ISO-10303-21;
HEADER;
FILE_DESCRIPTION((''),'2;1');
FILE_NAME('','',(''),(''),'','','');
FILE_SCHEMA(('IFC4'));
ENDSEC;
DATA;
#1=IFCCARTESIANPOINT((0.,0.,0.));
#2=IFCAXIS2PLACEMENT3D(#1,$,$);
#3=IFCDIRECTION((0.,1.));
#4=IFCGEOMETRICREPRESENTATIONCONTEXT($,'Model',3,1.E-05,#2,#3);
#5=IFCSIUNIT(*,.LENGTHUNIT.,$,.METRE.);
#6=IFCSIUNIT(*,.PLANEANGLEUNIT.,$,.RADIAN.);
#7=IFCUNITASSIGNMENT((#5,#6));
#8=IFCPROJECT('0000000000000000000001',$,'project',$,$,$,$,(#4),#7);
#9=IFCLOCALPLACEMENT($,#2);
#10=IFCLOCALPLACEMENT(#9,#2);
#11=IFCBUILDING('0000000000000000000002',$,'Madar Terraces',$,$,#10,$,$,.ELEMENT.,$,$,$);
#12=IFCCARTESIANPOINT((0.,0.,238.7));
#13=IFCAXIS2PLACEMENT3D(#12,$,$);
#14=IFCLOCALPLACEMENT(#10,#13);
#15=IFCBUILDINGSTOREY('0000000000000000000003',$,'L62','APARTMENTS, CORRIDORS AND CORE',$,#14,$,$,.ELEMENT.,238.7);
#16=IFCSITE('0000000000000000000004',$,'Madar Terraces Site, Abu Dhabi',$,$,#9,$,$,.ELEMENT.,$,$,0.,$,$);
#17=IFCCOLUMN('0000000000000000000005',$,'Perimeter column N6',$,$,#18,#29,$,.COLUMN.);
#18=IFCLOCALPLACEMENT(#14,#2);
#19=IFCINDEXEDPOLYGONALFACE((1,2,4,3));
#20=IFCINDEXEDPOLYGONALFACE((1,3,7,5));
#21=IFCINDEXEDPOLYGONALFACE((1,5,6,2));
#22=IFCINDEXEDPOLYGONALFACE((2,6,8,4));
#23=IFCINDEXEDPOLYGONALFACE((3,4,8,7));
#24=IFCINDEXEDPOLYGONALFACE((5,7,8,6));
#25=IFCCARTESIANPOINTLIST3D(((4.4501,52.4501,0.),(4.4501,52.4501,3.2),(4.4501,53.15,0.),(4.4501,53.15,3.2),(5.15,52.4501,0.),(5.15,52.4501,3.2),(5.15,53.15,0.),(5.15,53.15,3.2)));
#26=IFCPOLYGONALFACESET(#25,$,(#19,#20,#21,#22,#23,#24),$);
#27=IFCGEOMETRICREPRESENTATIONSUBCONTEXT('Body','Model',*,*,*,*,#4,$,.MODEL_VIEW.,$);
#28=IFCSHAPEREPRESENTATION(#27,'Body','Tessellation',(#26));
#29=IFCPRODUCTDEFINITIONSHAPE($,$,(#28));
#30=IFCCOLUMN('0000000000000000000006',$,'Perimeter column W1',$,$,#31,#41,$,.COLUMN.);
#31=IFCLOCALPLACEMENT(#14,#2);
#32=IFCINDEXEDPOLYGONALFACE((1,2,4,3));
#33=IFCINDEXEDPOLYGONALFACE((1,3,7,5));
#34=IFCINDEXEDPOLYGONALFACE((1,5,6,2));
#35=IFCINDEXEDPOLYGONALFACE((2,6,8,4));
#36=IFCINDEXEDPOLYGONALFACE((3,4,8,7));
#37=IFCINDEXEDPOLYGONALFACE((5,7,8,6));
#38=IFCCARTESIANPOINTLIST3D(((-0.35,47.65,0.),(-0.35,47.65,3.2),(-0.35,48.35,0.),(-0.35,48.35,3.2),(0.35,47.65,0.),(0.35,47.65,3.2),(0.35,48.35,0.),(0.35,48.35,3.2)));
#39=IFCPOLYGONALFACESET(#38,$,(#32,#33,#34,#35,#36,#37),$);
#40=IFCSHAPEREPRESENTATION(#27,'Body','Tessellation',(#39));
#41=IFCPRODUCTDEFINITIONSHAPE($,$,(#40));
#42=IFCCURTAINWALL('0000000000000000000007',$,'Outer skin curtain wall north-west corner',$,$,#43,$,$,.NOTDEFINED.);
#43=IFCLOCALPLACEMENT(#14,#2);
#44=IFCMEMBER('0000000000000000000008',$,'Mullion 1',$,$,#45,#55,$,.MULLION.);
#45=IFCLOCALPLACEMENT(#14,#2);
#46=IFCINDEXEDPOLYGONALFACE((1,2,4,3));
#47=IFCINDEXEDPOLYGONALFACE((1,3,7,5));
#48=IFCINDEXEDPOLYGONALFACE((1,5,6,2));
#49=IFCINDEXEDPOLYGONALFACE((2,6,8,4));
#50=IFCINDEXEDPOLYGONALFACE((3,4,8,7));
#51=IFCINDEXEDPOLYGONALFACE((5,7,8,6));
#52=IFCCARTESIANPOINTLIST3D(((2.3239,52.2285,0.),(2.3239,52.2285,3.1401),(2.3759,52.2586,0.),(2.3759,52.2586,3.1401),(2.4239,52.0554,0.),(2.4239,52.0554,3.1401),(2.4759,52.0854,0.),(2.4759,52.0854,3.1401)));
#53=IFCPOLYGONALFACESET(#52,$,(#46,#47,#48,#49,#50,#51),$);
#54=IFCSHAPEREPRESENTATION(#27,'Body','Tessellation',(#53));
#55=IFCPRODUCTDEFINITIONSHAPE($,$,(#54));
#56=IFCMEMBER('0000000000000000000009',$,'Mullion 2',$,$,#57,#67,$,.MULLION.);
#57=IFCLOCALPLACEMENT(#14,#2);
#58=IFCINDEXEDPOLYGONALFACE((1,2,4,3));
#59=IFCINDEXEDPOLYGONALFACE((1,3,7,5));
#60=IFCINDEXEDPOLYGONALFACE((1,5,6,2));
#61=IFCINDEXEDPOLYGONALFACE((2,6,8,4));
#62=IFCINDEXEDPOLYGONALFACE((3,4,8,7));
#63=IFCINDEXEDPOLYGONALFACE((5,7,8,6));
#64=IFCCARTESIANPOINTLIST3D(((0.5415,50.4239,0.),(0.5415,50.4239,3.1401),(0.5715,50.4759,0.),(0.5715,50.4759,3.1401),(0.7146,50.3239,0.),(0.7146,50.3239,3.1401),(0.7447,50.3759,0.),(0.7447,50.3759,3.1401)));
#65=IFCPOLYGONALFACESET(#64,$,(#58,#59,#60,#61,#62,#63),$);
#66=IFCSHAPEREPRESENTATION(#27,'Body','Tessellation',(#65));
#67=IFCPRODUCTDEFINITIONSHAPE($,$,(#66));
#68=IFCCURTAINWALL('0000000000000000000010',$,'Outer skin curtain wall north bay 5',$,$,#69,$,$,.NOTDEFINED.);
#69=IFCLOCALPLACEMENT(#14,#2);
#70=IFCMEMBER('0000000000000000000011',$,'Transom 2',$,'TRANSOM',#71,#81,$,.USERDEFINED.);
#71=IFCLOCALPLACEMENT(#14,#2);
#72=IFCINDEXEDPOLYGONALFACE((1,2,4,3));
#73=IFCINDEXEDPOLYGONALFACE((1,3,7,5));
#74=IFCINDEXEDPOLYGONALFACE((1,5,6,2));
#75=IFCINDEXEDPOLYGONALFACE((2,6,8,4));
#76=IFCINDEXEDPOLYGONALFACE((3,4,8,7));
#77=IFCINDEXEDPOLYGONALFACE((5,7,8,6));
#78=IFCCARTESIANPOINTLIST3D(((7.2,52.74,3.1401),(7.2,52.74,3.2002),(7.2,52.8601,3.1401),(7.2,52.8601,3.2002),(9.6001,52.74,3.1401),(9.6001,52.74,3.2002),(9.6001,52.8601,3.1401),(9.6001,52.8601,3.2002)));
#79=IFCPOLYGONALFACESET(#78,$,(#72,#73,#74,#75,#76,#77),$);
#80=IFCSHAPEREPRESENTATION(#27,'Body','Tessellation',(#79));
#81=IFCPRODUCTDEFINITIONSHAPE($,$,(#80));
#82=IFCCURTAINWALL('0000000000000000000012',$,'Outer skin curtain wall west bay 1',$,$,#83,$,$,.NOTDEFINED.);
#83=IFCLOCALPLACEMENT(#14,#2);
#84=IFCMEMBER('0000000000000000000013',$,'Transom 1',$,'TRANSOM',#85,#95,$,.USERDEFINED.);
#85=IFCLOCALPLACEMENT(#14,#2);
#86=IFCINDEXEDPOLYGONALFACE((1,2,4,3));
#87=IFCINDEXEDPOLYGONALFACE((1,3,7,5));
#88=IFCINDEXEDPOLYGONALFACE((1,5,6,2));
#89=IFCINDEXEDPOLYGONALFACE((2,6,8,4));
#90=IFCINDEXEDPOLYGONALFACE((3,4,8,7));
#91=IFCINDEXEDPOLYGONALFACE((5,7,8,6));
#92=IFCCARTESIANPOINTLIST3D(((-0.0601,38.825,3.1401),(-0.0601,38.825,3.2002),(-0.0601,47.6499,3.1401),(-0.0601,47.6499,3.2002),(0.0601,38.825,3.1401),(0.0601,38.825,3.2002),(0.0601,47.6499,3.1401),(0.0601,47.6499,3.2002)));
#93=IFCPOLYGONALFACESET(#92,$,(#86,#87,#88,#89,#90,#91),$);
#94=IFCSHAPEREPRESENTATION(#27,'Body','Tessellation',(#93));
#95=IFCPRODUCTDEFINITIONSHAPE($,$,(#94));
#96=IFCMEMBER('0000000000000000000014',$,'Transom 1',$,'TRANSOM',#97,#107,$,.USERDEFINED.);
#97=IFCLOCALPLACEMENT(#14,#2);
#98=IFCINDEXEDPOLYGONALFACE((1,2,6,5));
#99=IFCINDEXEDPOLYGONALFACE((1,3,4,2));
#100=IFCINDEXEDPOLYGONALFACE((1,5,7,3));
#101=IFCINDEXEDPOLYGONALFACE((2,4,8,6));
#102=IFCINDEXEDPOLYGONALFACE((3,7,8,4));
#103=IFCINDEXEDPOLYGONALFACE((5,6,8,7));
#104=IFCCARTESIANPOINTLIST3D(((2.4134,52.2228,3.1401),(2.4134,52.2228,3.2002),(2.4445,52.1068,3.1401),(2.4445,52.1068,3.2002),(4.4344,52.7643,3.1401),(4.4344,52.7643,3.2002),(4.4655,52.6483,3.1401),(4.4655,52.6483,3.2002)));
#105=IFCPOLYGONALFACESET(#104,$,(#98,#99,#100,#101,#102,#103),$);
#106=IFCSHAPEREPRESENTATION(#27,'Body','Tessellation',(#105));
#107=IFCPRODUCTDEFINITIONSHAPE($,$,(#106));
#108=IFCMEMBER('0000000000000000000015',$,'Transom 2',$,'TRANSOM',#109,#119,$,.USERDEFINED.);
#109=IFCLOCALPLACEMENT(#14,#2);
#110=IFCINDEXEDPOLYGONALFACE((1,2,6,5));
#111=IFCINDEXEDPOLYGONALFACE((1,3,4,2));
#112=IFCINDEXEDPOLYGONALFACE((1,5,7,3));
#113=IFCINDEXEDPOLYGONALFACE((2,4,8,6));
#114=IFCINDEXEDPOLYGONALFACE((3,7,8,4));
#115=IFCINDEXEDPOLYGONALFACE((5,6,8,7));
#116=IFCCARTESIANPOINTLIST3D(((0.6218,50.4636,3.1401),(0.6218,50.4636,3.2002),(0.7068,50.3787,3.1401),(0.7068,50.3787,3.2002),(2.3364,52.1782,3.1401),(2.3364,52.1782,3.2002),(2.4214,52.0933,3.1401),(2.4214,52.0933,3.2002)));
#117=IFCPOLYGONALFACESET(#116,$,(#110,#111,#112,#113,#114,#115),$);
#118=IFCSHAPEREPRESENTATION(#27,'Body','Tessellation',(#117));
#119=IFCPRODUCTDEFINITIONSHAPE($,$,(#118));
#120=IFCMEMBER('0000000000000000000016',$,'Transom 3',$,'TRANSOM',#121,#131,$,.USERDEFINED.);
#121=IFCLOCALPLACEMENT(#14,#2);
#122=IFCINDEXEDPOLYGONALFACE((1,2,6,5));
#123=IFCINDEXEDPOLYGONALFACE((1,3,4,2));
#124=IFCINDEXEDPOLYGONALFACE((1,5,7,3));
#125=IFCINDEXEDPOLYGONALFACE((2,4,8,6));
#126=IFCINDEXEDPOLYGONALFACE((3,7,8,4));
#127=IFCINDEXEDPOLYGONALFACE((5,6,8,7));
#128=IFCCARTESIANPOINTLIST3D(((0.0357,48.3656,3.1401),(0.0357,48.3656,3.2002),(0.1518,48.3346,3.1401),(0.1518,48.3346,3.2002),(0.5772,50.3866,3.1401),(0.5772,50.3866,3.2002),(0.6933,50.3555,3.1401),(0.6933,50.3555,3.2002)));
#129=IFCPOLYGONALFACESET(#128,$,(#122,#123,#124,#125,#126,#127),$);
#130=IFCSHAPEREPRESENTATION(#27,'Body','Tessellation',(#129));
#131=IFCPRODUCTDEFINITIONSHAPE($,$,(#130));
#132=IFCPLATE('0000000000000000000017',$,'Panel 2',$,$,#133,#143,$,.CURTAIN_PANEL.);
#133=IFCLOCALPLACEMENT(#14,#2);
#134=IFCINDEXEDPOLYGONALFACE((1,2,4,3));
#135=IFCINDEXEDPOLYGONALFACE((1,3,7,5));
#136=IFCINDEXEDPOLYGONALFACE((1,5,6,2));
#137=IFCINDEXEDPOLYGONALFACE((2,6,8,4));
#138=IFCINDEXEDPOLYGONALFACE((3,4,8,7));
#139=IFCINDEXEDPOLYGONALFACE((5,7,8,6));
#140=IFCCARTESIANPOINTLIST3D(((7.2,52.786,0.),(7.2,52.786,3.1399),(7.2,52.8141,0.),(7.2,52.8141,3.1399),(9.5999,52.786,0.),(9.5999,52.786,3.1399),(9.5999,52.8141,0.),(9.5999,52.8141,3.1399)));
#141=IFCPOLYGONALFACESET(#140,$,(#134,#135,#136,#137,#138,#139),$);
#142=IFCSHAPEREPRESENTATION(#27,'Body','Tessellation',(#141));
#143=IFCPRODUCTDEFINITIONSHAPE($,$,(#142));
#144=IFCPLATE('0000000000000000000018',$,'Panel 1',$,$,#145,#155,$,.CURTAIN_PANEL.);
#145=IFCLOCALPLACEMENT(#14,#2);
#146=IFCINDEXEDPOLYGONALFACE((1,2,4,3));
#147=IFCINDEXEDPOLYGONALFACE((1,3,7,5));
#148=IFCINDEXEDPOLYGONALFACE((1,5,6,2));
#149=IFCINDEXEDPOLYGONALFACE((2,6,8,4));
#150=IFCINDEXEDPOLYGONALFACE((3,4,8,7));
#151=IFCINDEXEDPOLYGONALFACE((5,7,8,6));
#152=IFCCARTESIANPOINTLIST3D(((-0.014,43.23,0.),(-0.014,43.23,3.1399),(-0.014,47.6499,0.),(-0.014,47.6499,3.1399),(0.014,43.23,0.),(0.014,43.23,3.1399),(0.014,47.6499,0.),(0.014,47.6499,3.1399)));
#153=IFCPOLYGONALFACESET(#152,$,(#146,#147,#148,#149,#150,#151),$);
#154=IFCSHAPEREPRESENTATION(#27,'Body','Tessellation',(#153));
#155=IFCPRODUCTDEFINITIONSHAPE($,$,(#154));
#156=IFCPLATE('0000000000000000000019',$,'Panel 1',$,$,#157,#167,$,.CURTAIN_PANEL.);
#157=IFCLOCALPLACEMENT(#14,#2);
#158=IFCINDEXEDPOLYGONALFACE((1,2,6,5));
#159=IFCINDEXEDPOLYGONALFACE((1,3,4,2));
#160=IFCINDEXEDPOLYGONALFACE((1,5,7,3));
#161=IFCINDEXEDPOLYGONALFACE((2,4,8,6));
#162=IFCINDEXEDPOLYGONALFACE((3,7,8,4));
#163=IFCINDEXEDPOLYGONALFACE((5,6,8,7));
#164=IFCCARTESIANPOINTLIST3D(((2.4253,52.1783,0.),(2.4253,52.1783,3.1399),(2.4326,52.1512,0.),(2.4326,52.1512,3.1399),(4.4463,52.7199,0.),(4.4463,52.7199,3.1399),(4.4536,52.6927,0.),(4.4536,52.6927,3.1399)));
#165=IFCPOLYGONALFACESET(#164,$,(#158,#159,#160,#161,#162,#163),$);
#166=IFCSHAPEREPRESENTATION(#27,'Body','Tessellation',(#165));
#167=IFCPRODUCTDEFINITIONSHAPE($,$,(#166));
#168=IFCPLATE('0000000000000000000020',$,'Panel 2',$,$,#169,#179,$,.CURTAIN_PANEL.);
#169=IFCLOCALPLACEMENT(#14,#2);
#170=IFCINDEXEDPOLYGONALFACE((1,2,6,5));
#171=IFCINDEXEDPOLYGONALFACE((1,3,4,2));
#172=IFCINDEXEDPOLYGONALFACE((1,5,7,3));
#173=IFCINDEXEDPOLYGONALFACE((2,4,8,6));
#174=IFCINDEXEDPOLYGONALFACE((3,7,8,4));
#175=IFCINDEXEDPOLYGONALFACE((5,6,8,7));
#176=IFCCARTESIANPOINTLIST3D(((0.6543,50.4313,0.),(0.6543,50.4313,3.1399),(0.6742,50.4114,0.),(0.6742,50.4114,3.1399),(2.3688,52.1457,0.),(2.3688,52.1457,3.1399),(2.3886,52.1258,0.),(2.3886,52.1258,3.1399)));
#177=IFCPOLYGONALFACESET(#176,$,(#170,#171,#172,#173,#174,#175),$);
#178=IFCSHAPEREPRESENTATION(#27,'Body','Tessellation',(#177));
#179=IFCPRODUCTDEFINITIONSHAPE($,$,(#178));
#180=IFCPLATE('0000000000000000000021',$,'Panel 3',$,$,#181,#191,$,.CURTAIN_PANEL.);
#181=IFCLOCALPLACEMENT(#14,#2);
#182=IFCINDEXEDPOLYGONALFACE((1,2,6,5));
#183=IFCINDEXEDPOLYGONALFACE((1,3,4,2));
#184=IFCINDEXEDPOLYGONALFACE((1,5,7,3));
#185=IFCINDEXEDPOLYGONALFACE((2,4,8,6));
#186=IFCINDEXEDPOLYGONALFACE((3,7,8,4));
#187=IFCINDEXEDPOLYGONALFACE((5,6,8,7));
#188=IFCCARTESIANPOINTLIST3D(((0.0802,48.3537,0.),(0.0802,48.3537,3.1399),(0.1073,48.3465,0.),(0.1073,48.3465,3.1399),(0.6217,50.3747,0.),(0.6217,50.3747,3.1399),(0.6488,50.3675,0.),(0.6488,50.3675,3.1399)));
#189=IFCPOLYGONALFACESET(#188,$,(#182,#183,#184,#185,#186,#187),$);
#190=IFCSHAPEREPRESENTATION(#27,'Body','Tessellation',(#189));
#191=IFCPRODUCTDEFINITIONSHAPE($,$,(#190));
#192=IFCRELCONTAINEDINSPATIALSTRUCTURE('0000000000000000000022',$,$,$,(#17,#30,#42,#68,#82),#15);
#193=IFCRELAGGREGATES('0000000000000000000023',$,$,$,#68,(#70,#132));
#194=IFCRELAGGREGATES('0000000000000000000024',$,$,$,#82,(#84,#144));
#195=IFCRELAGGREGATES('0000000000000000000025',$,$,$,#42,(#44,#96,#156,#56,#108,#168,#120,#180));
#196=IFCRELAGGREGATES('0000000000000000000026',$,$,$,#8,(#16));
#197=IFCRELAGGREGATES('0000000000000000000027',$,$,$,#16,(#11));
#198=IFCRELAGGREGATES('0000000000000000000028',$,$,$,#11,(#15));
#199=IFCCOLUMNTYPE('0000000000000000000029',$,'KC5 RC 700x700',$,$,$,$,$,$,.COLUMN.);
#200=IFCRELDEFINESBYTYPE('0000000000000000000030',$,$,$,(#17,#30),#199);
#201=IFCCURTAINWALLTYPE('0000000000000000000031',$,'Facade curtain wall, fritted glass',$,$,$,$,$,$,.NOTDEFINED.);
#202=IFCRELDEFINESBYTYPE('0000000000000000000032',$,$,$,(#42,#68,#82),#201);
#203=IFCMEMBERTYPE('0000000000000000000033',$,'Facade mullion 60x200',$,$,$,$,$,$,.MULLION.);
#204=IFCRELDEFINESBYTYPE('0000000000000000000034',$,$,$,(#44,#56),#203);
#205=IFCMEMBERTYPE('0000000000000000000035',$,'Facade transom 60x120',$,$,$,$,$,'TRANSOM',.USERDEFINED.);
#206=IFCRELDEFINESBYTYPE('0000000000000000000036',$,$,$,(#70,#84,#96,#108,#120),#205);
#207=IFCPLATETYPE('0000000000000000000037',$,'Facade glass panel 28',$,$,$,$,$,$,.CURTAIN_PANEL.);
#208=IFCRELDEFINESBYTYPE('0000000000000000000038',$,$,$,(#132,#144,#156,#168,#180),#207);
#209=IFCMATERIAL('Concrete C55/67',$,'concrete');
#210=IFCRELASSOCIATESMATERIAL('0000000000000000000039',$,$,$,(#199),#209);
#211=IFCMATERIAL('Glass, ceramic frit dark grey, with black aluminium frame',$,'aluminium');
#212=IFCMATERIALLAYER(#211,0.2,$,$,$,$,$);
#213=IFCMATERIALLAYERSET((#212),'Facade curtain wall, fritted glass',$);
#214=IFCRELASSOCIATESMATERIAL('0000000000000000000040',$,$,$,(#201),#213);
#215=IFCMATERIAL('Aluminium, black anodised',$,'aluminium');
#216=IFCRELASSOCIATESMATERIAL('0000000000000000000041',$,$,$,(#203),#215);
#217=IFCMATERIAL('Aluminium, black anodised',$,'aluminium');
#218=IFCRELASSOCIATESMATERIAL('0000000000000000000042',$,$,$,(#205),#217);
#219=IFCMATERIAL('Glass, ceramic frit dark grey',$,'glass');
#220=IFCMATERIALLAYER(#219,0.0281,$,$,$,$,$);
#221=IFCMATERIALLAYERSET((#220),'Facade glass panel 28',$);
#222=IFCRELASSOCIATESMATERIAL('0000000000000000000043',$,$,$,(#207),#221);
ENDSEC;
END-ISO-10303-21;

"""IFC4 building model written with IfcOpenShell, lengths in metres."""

from ifc_helpers import new_model, si_unit, direction, frame, origin, origin_2d, place, context, subcontext, project, spatial, rectangle, extrude, material, layer, layer_set, material_profile, profile_set, type_object, element, aggregate, save


model = new_model("IFC4")

# Units and contexts
model_context = context("Model", 3, precision=1e-05, world=origin(), true_north=direction((0.0, 1.0)))
body_context = subcontext(model_context, "Body", "Model", "MODEL_VIEW")
ifc_project = project(units=[si_unit("LENGTHUNIT", "METRE"), si_unit("PLANEANGLEUNIT", "RADIAN")], contexts=[model_context])

# Site, building, storey
site_placement = place(None, origin())
site = spatial("IfcSite", under=ifc_project, at=site_placement, Name="Madar Terraces Site, Abu Dhabi", CompositionType="ELEMENT", RefElevation=0.0)
building_placement = place(site_placement, origin())
building = spatial("IfcBuilding", under=site, at=building_placement, Name="Madar Terraces", CompositionType="ELEMENT")
storey_placement = place(building_placement, frame((0.0, 0.0, 238.7)))
storey = spatial("IfcBuildingStorey", under=building, at=storey_placement, Name="L62", Description="APARTMENTS, CORRIDORS AND CORE", CompositionType="ELEMENT", Elevation=238.7)

# Columns
ifc_material_1 = material(Name="Concrete C55/67", Category="concrete")
ifc_material_profile_1 = material_profile(ifc_material_1, rectangle(XDim=0.7, YDim=0.7, at=origin_2d()), Name="KC5 RC 700x700")
ifc_profile_set_1 = profile_set([ifc_material_profile_1], Name="Concrete C55/67")
column_type = type_object("IfcColumnType", Name="KC5 RC 700x700", PredefinedType="COLUMN", material=ifc_profile_set_1)
for number, where, z_axis, x_axis, name in (
    (1, (4.8, 52.8, 0.0), (0.0, 0.0, 1.0), (1.0, 0.0, 0.0), "Perimeter column N6"),
    (2, (0.0, 48.0, 0.0), (0.0, 0.0, 1.0), (1.0, 0.0, 0.0), "Perimeter column W1"),
):
    element("IfcColumn", number, at=place(storey_placement, frame(where, z_axis=z_axis, x_axis=x_axis)), inside=storey, type_object=column_type, Name=name, PredefinedType="COLUMN", context=body_context, shape_type="SweptSolid", body=[
        extrude(rectangle(XDim=0.7, YDim=0.7, at=origin_2d()), origin(), (0.0, 0.0, 1.0), 3.2),
    ])

# Curtain wall, members
ifc_material_2 = material(Name="Glass, ceramic frit dark grey, with black aluminium frame", Category="aluminium")
ifc_layer_1 = layer(ifc_material_2, 0.2)
ifc_layer_set_1 = layer_set([ifc_layer_1], Name="Facade curtain wall, fritted glass")
curtain_wall_type = type_object("IfcCurtainWallType", Name="Facade curtain wall, fritted glass", PredefinedType="NOTDEFINED", material=ifc_layer_set_1)
curtain_wall_1_placement = place(storey_placement, origin())
curtain_wall_1 = element("IfcCurtainWall", 3, at=curtain_wall_1_placement, inside=storey, type_object=curtain_wall_type, Name="Outer skin curtain wall north-west corner", PredefinedType="NOTDEFINED")
ifc_material_3 = material(Name="Aluminium, black anodised", Category="aluminium")
ifc_material_profile_2 = material_profile(ifc_material_3, rectangle(XDim=0.2, YDim=0.0601, at=origin_2d()), Name="Facade mullion 60x200")
ifc_profile_set_2 = profile_set([ifc_material_profile_2], Name="Aluminium, black anodised")
member_type_1 = type_object("IfcMemberType", Name="Facade mullion 60x200", PredefinedType="MULLION", material=ifc_profile_set_2)
member_1_placement = place(storey_placement, frame((2.3999, 52.157, 0.0), z_axis=(0.0, 0.0, 1.0), x_axis=(0.5, -0.866025, 0.0)))
member_1 = element("IfcMember", 4, at=member_1_placement, type_object=member_type_1, Name="Mullion 1", PredefinedType="MULLION", context=body_context, shape_type="SweptSolid", body=[
    extrude(rectangle(XDim=0.2, YDim=0.0601, at=origin_2d()), origin(), (0.0, 0.0, 1.0), 3.1401),
])
member_2_placement = place(storey_placement, frame((0.6431, 50.3999, 0.0), z_axis=(0.0, 0.0, 1.0), x_axis=(0.866025, -0.5, 0.0)))
member_2 = element("IfcMember", 5, at=member_2_placement, type_object=member_type_1, Name="Mullion 2", PredefinedType="MULLION", context=body_context, shape_type="SweptSolid", body=[
    extrude(rectangle(XDim=0.2, YDim=0.0601, at=origin_2d()), origin(), (0.0, 0.0, 1.0), 3.1401),
])

# Curtain walls, members
curtain_wall_2_placement = place(storey_placement, origin())
curtain_wall_2 = element("IfcCurtainWall", 6, at=curtain_wall_2_placement, inside=storey, type_object=curtain_wall_type, Name="Outer skin curtain wall north bay 5", PredefinedType="NOTDEFINED")
ifc_material_4 = material(Name="Aluminium, black anodised", Category="aluminium")
ifc_material_profile_3 = material_profile(ifc_material_4, rectangle(XDim=0.1201, YDim=0.0601, at=origin_2d()), Name="Facade transom 60x120")
ifc_profile_set_3 = profile_set([ifc_material_profile_3], Name="Aluminium, black anodised")
member_type_2 = type_object("IfcMemberType", Name="Facade transom 60x120", ElementType="TRANSOM", PredefinedType="USERDEFINED", material=ifc_profile_set_3)
member_3_placement = place(storey_placement, frame((9.6001, 52.8, 3.1702), z_axis=(-1.0, 0.0, 0.0), x_axis=(0.0, -1.0, 0.0)))
member_3 = element("IfcMember", 7, at=member_3_placement, type_object=member_type_2, Name="Transom 2", ObjectType="TRANSOM", PredefinedType="USERDEFINED", context=body_context, shape_type="SweptSolid", body=[
    extrude(rectangle(XDim=0.1201, YDim=0.0601, at=origin_2d()), origin(), (0.0, 0.0, 1.0), 2.4001),
])
curtain_wall_3_placement = place(storey_placement, origin())
curtain_wall_3 = element("IfcCurtainWall", 8, at=curtain_wall_3_placement, inside=storey, type_object=curtain_wall_type, Name="Outer skin curtain wall west bay 1", PredefinedType="NOTDEFINED")
member_4_placement = place(storey_placement, frame((0.0, 47.6499, 3.1702), z_axis=(0.0, -1.0, 0.0), x_axis=(1.0, 0.0, 0.0)))
member_4 = element("IfcMember", 9, at=member_4_placement, type_object=member_type_2, Name="Transom 1", ObjectType="TRANSOM", PredefinedType="USERDEFINED", context=body_context, shape_type="SweptSolid", body=[
    extrude(rectangle(XDim=0.1201, YDim=0.0601, at=origin_2d()), origin(), (0.0, 0.0, 1.0), 8.825),
])

# Members
member_5_placement = place(storey_placement, frame((4.45, 52.7063, 3.1702), z_axis=(-0.965928, -0.25881, 0.0), x_axis=(0.25881, -0.965928, 0.0)))
member_5 = element("IfcMember", 10, at=member_5_placement, type_object=member_type_2, Name="Transom 1", ObjectType="TRANSOM", PredefinedType="USERDEFINED", context=body_context, shape_type="SweptSolid", body=[
    extrude(rectangle(XDim=0.1201, YDim=0.0601, at=origin_2d()), origin(), (0.0, 0.0, 1.0), 2.0923),
])
member_6_placement = place(storey_placement, frame((2.3789, 52.1357, 3.1702), z_axis=(-0.707107, -0.707107, 0.0), x_axis=(0.707107, -0.707107, 0.0)))
member_6 = element("IfcMember", 11, at=member_6_placement, type_object=member_type_2, Name="Transom 2", ObjectType="TRANSOM", PredefinedType="USERDEFINED", context=body_context, shape_type="SweptSolid", body=[
    extrude(rectangle(XDim=0.1201, YDim=0.0601, at=origin_2d()), origin(), (0.0, 0.0, 1.0), 2.4248),
])
member_7_placement = place(storey_placement, frame((0.6353, 50.3711, 3.1702), z_axis=(-0.25881, -0.965928, 0.0), x_axis=(0.965928, -0.25881, 0.0)))
member_7 = element("IfcMember", 12, at=member_7_placement, type_object=member_type_2, Name="Transom 3", ObjectType="TRANSOM", PredefinedType="USERDEFINED", context=body_context, shape_type="SweptSolid", body=[
    extrude(rectangle(XDim=0.1201, YDim=0.0601, at=origin_2d()), origin(), (0.0, 0.0, 1.0), 2.0923),
])

# Plates
ifc_material_5 = material(Name="Glass, ceramic frit dark grey", Category="glass")
ifc_layer_2 = layer(ifc_material_5, 0.0281)
ifc_layer_set_2 = layer_set([ifc_layer_2], Name="Facade glass panel 28")
plate_type = type_object("IfcPlateType", Name="Facade glass panel 28", PredefinedType="CURTAIN_PANEL", material=ifc_layer_set_2)
plate_1_placement = place(storey_placement, frame((8.3999, 52.8, 0.0), z_axis=(0.0, 0.0, 1.0), x_axis=(-1.0, 0.0, 0.0)))
plate_1 = element("IfcPlate", 13, at=plate_1_placement, type_object=plate_type, Name="Panel 2", PredefinedType="CURTAIN_PANEL", context=body_context, shape_type="SweptSolid", body=[
    extrude(rectangle(XDim=2.3999, YDim=0.0281, at=origin_2d()), origin(), (0.0, 0.0, 1.0), 3.1399),
])
aggregate(curtain_wall_2, [member_3, plate_1])
plate_2_placement = place(storey_placement, frame((0.0, 45.4399, 0.0), z_axis=(0.0, 0.0, 1.0), x_axis=(0.0, -1.0, 0.0)))
plate_2 = element("IfcPlate", 14, at=plate_2_placement, type_object=plate_type, Name="Panel 1", PredefinedType="CURTAIN_PANEL", context=body_context, shape_type="SweptSolid", body=[
    extrude(rectangle(XDim=4.4199, YDim=0.0281, at=origin_2d()), origin(), (0.0, 0.0, 1.0), 3.1399),
])
aggregate(curtain_wall_3, [member_4, plate_2])
plate_3_placement = place(storey_placement, frame((3.4395, 52.4355, 0.0), z_axis=(0.0, 0.0, 1.0), x_axis=(-0.965926, -0.258819, 0.0)))
plate_3 = element("IfcPlate", 15, at=plate_3_placement, type_object=plate_type, Name="Panel 1", PredefinedType="CURTAIN_PANEL", context=body_context, shape_type="SweptSolid", body=[
    extrude(rectangle(XDim=2.0923, YDim=0.0281, at=origin_2d()), origin(), (0.0, 0.0, 1.0), 3.1399),
])
plate_4_placement = place(storey_placement, frame((1.5215, 51.2786, 0.0), z_axis=(0.0, 0.0, 1.0), x_axis=(-0.707107, -0.707107, 0.0)))
plate_4 = element("IfcPlate", 16, at=plate_4_placement, type_object=plate_type, Name="Panel 2", PredefinedType="CURTAIN_PANEL", context=body_context, shape_type="SweptSolid", body=[
    extrude(rectangle(XDim=2.4246, YDim=0.0281, at=origin_2d()), origin(), (0.0, 0.0, 1.0), 3.1399),
])
plate_5_placement = place(storey_placement, frame((0.3645, 49.3606, 0.0), z_axis=(0.0, 0.0, 1.0), x_axis=(-0.258819, -0.965926, 0.0)))
plate_5 = element("IfcPlate", 17, at=plate_5_placement, type_object=plate_type, Name="Panel 3", PredefinedType="CURTAIN_PANEL", context=body_context, shape_type="SweptSolid", body=[
    extrude(rectangle(XDim=2.0923, YDim=0.0281, at=origin_2d()), origin(), (0.0, 0.0, 1.0), 3.1399),
])
aggregate(curtain_wall_1, [member_1, member_5, plate_3, member_2, member_6, plate_4, member_7, plate_5])

save(model, "model.ifc")
